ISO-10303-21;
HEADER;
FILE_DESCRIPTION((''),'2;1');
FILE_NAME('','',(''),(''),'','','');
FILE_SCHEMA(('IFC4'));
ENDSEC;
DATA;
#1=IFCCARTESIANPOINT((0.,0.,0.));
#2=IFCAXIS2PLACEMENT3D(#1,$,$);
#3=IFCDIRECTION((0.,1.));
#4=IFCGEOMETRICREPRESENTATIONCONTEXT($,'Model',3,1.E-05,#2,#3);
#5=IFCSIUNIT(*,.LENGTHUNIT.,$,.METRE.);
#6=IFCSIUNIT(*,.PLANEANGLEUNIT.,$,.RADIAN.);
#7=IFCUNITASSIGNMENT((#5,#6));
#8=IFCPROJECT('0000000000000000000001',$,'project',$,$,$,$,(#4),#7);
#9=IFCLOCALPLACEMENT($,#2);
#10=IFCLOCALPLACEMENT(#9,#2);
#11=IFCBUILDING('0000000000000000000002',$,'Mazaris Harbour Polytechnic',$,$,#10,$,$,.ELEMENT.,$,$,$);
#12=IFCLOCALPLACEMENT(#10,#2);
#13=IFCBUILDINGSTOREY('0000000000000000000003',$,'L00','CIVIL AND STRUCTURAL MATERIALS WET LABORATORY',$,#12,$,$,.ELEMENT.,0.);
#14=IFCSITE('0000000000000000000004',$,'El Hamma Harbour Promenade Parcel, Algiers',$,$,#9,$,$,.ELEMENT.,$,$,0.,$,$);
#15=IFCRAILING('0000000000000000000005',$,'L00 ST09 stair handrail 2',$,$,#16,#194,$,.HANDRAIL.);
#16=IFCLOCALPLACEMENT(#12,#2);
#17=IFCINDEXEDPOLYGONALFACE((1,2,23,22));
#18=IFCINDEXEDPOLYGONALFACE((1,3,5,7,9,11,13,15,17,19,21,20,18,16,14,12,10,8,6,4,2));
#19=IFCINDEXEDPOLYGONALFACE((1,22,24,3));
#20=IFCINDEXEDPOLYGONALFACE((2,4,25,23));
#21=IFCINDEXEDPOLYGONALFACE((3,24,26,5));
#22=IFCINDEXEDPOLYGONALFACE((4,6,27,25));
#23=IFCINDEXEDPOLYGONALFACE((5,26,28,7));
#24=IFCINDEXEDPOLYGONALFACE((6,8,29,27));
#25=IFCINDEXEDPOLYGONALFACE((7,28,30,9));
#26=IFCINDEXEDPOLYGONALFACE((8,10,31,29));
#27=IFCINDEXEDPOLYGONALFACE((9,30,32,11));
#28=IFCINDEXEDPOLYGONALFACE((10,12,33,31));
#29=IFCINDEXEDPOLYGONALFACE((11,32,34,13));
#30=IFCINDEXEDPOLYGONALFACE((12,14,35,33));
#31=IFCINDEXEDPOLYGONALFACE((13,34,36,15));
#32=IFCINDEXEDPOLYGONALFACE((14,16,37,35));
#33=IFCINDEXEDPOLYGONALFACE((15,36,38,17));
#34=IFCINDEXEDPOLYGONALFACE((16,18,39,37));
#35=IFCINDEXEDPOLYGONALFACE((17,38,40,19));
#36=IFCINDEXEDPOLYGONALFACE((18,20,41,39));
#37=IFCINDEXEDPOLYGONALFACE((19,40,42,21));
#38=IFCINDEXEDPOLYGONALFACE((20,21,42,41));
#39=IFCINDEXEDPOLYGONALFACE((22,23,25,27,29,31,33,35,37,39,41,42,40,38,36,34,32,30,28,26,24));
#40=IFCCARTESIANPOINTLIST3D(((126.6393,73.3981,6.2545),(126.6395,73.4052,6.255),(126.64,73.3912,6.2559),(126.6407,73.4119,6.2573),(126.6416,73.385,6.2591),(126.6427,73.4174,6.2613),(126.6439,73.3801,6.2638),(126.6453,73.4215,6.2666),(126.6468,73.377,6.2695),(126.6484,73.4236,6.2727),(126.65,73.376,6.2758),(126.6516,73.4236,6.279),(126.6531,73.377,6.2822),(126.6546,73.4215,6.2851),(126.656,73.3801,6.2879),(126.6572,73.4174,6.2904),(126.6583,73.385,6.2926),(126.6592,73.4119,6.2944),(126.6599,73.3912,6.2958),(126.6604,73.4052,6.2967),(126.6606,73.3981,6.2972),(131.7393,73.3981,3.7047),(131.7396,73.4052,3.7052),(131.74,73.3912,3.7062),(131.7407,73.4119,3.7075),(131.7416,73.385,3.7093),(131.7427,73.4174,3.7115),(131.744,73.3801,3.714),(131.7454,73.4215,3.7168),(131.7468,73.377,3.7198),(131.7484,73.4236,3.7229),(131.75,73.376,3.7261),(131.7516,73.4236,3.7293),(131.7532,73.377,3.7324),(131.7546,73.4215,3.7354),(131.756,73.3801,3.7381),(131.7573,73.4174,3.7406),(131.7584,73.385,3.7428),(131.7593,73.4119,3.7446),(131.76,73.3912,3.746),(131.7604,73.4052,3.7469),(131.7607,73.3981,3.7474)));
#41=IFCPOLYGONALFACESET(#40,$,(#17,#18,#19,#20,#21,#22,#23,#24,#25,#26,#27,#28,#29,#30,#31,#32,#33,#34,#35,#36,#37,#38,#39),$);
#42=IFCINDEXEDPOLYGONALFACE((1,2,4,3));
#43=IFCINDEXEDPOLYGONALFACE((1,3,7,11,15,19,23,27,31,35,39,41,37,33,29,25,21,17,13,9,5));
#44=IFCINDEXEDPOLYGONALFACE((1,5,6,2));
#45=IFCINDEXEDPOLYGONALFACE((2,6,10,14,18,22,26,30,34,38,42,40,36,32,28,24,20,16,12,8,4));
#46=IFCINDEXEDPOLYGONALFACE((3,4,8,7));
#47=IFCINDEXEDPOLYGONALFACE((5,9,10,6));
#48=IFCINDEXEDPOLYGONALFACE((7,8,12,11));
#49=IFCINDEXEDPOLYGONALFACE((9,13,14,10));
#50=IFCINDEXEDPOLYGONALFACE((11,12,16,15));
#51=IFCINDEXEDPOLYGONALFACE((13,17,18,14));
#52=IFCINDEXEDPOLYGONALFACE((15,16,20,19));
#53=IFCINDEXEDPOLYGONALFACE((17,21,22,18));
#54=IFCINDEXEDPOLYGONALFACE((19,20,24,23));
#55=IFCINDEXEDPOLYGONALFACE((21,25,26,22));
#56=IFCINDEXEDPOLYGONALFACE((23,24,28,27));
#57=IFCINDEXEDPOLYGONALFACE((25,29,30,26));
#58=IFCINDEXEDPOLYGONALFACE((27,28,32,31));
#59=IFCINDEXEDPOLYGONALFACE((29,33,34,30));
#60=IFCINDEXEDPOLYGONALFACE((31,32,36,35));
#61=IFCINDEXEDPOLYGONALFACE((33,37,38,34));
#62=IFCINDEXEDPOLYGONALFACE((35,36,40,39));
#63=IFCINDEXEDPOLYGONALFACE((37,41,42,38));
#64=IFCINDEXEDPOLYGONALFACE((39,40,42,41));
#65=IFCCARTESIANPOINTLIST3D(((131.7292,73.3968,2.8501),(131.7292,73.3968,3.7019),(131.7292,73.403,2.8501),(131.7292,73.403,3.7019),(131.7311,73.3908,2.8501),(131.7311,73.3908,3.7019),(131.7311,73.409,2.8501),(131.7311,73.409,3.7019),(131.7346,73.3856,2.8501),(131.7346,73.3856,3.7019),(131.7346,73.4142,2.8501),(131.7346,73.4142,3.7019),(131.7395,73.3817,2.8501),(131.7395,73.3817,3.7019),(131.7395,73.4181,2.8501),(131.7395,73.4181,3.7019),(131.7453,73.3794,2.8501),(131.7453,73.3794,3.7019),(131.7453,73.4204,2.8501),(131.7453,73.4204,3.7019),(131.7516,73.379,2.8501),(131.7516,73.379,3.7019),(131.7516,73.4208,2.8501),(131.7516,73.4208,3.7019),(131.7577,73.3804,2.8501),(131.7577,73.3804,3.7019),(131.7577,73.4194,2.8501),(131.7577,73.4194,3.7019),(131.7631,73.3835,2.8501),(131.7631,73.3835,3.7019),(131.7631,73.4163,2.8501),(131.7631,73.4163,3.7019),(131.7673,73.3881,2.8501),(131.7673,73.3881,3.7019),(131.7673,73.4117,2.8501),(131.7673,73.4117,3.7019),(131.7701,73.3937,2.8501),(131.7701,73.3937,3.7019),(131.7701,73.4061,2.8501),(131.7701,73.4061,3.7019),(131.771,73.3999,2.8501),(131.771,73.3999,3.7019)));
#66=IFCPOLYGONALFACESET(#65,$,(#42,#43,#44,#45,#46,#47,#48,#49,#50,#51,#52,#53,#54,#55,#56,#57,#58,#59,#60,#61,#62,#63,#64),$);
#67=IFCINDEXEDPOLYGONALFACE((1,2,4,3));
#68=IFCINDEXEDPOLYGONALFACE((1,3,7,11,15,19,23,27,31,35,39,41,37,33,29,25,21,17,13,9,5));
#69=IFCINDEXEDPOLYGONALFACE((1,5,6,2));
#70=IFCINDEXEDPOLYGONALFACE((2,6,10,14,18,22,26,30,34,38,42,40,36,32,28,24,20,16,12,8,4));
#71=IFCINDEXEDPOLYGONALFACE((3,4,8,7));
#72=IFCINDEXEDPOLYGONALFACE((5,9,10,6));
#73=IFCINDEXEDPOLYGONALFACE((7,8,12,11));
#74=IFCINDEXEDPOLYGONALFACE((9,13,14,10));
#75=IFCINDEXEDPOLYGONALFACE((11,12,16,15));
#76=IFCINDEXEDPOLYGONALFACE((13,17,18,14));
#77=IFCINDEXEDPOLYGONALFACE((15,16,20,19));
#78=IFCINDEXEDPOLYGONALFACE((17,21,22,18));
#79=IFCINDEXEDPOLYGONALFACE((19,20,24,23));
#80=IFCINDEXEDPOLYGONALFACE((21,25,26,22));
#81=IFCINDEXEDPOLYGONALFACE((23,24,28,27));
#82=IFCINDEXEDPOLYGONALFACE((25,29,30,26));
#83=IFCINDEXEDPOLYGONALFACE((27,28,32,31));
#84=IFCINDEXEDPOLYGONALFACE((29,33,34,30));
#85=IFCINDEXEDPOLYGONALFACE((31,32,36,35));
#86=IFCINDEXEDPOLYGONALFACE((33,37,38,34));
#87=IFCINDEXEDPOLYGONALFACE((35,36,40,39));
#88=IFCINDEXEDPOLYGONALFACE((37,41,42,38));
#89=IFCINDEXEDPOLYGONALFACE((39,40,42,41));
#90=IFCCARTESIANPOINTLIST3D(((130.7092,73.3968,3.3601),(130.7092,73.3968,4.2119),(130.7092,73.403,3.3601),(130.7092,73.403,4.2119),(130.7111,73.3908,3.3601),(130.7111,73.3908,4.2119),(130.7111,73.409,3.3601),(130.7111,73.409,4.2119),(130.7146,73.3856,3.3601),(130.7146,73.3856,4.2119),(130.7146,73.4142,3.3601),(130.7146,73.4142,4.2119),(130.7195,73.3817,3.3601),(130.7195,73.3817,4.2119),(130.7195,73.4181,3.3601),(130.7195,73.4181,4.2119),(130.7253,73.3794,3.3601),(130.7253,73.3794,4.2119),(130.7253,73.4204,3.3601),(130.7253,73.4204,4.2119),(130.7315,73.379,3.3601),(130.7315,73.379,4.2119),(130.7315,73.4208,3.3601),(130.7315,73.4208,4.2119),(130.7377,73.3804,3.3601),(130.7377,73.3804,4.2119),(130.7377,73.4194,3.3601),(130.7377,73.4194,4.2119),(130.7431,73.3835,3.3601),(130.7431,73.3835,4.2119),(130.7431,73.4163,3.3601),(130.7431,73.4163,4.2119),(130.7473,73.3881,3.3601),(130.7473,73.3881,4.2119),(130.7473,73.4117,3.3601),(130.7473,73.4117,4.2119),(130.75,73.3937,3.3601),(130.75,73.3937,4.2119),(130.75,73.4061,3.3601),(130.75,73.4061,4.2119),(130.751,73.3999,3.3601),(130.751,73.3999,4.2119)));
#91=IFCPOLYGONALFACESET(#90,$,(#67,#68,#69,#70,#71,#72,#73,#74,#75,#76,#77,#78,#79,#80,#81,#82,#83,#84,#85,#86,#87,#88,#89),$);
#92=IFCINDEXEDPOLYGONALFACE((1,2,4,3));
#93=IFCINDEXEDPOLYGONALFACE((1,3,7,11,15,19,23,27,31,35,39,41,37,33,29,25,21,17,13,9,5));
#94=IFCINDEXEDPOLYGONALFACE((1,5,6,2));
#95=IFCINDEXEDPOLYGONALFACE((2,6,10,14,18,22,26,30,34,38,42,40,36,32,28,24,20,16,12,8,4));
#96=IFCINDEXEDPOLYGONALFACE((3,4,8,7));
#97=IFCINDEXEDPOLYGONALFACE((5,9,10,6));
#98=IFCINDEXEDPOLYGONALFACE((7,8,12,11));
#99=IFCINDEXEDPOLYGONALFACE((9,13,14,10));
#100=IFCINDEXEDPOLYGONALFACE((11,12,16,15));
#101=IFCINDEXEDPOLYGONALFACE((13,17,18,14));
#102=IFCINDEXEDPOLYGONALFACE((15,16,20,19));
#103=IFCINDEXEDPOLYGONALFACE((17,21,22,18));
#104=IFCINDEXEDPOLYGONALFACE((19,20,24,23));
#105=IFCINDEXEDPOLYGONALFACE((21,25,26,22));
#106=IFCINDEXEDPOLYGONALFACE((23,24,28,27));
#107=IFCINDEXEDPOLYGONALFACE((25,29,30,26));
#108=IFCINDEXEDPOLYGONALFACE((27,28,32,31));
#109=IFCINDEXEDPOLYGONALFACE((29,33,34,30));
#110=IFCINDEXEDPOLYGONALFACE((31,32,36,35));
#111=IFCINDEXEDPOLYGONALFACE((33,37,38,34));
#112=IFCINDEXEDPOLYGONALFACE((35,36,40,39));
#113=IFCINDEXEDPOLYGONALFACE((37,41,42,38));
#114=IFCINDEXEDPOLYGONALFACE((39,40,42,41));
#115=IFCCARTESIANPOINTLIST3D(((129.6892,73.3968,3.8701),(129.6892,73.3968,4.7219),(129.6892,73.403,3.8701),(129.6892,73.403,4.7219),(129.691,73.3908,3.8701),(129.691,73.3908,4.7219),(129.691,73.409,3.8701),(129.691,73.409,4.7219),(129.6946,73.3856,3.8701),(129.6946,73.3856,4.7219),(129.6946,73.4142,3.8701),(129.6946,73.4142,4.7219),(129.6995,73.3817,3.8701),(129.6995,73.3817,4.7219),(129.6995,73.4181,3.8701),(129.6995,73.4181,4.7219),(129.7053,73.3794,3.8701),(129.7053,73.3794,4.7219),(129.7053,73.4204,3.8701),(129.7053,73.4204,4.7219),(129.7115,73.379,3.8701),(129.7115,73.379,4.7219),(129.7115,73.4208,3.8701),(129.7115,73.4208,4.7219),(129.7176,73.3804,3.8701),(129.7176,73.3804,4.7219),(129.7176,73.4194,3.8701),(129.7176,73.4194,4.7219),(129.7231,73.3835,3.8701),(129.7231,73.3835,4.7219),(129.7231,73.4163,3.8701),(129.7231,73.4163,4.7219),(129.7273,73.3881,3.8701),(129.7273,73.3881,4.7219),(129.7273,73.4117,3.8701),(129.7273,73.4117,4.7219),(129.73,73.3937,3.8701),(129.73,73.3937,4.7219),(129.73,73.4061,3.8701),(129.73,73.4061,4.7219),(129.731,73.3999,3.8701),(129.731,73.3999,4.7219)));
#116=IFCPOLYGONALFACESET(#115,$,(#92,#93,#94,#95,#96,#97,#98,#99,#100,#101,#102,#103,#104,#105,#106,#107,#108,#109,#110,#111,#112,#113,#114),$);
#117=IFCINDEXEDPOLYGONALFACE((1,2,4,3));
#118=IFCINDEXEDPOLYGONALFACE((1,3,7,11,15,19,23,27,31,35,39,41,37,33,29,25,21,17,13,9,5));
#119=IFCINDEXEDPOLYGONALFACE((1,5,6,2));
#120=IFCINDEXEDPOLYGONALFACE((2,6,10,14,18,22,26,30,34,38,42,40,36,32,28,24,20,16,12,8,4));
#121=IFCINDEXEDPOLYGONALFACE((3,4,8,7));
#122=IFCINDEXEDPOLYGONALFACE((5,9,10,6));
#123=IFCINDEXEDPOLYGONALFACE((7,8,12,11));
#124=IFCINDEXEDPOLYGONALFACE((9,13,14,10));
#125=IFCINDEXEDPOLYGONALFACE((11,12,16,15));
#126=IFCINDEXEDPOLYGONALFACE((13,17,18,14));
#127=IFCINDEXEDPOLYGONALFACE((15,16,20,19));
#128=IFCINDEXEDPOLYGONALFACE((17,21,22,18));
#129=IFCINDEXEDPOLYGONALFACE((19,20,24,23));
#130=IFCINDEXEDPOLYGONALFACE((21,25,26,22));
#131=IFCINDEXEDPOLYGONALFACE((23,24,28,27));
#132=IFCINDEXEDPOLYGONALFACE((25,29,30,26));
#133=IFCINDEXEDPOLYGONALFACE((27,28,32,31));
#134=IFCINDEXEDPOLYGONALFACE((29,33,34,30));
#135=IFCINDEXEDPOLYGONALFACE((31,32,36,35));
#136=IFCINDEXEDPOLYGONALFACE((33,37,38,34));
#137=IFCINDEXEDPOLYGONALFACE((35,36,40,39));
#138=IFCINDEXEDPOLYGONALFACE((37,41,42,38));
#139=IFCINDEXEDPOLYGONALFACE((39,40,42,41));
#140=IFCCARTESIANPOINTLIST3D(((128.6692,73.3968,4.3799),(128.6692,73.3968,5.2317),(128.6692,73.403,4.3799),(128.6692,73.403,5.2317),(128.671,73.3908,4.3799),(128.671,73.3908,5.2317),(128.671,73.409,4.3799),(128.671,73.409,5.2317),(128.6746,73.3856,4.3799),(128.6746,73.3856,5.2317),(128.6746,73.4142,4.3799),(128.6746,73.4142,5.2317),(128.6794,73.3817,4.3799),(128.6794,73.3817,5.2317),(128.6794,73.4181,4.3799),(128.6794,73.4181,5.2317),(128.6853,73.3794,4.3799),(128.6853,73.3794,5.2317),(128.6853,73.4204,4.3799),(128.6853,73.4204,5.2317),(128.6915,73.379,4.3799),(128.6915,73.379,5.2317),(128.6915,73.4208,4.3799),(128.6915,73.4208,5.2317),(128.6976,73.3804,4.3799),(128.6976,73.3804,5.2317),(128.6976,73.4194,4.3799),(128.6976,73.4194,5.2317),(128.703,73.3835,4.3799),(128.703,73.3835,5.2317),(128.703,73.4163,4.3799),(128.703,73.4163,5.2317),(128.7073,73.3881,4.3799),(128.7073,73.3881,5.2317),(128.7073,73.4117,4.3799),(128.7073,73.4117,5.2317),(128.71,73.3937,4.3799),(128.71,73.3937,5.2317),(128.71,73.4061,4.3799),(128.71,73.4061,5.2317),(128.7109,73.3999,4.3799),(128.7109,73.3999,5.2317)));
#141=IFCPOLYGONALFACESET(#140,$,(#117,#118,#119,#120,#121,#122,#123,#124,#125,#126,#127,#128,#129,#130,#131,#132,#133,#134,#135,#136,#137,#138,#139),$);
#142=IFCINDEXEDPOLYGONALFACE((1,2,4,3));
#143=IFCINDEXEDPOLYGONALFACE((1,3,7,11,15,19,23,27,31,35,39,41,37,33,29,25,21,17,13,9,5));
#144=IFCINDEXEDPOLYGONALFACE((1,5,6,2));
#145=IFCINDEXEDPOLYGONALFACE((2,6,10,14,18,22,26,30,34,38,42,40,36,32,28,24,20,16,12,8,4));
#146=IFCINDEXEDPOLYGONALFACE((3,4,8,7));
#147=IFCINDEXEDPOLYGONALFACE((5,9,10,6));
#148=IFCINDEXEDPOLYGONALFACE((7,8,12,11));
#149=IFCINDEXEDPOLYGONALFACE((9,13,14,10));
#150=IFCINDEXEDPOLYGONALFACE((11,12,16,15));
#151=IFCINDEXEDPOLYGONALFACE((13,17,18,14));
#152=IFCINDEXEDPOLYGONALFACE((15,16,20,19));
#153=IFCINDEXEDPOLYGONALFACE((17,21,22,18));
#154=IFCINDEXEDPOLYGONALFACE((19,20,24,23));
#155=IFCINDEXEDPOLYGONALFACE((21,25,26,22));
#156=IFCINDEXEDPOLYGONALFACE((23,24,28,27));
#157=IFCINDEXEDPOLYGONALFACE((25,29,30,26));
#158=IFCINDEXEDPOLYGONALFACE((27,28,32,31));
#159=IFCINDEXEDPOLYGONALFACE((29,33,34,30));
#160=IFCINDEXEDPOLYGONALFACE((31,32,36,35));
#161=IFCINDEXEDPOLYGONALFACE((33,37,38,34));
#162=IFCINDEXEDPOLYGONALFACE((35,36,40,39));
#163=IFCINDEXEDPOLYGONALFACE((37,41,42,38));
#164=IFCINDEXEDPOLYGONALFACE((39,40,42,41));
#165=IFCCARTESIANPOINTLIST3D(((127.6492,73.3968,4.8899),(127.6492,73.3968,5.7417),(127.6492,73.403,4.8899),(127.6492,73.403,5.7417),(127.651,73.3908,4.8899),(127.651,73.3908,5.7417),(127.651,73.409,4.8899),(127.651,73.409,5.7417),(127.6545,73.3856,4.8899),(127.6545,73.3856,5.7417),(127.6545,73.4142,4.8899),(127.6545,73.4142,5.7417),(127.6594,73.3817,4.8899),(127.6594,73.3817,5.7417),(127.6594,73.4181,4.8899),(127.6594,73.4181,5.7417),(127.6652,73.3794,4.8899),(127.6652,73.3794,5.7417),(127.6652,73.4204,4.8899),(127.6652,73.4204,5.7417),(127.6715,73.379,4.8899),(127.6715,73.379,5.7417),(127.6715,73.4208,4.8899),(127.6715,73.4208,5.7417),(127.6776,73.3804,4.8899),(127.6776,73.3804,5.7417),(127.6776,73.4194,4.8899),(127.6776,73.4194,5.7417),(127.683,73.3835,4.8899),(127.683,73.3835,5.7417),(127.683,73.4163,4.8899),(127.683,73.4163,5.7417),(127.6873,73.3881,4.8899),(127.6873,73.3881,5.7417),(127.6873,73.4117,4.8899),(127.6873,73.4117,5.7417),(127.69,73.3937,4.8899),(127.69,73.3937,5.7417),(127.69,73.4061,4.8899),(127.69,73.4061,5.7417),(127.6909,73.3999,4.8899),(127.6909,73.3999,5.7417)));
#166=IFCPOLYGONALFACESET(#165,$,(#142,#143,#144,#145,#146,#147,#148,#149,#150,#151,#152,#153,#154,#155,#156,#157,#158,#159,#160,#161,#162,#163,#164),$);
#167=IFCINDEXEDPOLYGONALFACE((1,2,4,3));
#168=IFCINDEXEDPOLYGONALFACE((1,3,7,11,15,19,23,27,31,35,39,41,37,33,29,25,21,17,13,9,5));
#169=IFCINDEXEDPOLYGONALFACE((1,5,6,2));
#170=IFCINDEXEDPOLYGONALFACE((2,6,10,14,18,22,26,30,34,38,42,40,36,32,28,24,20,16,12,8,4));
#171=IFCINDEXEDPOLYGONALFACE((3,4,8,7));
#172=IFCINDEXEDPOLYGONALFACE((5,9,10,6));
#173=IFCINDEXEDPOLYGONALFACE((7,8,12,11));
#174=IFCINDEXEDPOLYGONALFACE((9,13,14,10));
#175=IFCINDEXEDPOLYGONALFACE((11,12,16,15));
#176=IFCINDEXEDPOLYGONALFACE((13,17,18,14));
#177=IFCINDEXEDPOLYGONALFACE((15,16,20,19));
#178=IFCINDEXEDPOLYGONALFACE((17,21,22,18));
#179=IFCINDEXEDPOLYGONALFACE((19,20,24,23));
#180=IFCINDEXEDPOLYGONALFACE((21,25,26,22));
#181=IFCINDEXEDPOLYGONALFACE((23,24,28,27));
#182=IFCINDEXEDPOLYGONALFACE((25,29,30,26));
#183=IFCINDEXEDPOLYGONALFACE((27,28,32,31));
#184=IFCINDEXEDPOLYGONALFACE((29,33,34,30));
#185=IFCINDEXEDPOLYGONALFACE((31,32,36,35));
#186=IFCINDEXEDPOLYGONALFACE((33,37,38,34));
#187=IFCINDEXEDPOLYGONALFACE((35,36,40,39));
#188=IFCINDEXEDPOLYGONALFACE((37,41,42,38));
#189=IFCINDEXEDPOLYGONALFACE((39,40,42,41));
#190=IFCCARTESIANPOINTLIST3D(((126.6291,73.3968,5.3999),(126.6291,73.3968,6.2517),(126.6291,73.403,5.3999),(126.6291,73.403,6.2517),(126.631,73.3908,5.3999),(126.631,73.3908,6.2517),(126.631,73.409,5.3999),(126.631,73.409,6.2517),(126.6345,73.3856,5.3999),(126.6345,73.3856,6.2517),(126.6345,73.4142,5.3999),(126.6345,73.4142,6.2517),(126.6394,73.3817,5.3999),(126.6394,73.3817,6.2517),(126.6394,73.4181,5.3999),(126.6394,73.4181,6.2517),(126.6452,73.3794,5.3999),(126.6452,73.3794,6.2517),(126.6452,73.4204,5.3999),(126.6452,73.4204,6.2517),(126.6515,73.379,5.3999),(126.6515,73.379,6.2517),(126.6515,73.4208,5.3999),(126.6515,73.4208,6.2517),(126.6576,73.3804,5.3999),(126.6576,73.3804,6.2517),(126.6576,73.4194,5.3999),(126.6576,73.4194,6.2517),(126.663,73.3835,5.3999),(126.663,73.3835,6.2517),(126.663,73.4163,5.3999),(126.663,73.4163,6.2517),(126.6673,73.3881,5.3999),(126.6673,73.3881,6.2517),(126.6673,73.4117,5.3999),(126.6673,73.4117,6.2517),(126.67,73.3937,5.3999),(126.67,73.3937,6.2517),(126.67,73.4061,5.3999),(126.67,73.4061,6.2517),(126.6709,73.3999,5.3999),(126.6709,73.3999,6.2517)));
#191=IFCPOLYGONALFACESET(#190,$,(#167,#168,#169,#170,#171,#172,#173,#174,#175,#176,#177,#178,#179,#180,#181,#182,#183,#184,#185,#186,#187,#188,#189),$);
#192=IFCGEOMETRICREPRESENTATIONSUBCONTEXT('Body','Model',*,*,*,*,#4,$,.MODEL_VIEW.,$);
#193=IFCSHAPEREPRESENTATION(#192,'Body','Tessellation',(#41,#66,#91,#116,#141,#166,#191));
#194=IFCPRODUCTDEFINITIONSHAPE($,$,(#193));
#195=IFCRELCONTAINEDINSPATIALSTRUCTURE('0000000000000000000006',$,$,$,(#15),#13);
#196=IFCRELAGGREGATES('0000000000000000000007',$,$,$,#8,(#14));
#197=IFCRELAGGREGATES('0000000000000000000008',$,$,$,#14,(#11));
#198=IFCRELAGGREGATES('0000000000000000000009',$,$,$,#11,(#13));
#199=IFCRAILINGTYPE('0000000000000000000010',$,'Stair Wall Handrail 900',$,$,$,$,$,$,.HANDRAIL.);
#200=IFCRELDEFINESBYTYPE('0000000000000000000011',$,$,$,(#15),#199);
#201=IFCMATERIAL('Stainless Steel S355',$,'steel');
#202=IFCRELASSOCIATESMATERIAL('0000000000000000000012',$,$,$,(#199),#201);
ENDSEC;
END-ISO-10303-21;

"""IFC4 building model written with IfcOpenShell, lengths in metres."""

from ifc_helpers import new_model, si_unit, direction, frame, origin, origin_2d, place, context, subcontext, project, spatial, circle, extrude, material, type_object, element, save


model = new_model("IFC4")

# Units and contexts
model_context = context("Model", 3, precision=1e-05, world=origin(), true_north=direction((0.0, 1.0)))
body_context = subcontext(model_context, "Body", "Model", "MODEL_VIEW")
ifc_project = project(units=[si_unit("LENGTHUNIT", "METRE"), si_unit("PLANEANGLEUNIT", "RADIAN")], contexts=[model_context])

# Site, building, storey
site_placement = place(None, origin())
site = spatial("IfcSite", under=ifc_project, at=site_placement, Name="El Hamma Harbour Promenade Parcel, Algiers", CompositionType="ELEMENT", RefElevation=0.0)
building_placement = place(site_placement, origin())
building = spatial("IfcBuilding", under=site, at=building_placement, Name="Mazaris Harbour Polytechnic", CompositionType="ELEMENT")
storey_placement = place(building_placement, origin())
storey = spatial("IfcBuildingStorey", under=building, at=storey_placement, Name="L00", Description="CIVIL AND STRUCTURAL MATERIALS WET LABORATORY", CompositionType="ELEMENT", Elevation=0.0)

# Railing
ifc_material_1 = material(Name="Stainless Steel S355", Category="steel")
railing_type_1 = type_object("IfcRailingType", Name="Stair Wall Handrail 900", PredefinedType="HANDRAIL", material=ifc_material_1)
railing_1_placement = place(storey_placement, frame((131.75, 73.3999, 2.8501)))
element("IfcRailing", 1, at=railing_1_placement, inside=storey, type_object=railing_type_1, Name="L00 ST09 stair handrail 2", PredefinedType="HANDRAIL", context=body_context, shape_type="SweptSolid", body=[
    extrude(circle(Radius=0.0239, at=origin_2d()), frame((0.0, 0.0, 0.876), z_axis=(-0.894444, 0.0, 0.447179), x_axis=(0.0, -1.0, 0.0)), (0.0, 0.0, 1.0), 5.7019),
    extrude(circle(Radius=0.021, at=origin_2d()), origin(), (0.0, 0.0, 1.0), 0.8518),
    extrude(circle(Radius=0.021, at=origin_2d()), frame((-1.02, 0.0, 0.51)), (0.0, 0.0, 1.0), 0.8518),
    extrude(circle(Radius=0.021, at=origin_2d()), frame((-2.04, 0.0, 1.02)), (0.0, 0.0, 1.0), 0.8518),
    extrude(circle(Radius=0.021, at=origin_2d()), frame((-3.0601, 0.0, 1.5298)), (0.0, 0.0, 1.0), 0.8518),
    extrude(circle(Radius=0.021, at=origin_2d()), frame((-4.0801, 0.0, 2.0398)), (0.0, 0.0, 1.0), 0.8518),
    extrude(circle(Radius=0.021, at=origin_2d()), frame((-5.1001, 0.0, 2.5498)), (0.0, 0.0, 1.0), 0.8518),
])

save(model, "model.ifc")
